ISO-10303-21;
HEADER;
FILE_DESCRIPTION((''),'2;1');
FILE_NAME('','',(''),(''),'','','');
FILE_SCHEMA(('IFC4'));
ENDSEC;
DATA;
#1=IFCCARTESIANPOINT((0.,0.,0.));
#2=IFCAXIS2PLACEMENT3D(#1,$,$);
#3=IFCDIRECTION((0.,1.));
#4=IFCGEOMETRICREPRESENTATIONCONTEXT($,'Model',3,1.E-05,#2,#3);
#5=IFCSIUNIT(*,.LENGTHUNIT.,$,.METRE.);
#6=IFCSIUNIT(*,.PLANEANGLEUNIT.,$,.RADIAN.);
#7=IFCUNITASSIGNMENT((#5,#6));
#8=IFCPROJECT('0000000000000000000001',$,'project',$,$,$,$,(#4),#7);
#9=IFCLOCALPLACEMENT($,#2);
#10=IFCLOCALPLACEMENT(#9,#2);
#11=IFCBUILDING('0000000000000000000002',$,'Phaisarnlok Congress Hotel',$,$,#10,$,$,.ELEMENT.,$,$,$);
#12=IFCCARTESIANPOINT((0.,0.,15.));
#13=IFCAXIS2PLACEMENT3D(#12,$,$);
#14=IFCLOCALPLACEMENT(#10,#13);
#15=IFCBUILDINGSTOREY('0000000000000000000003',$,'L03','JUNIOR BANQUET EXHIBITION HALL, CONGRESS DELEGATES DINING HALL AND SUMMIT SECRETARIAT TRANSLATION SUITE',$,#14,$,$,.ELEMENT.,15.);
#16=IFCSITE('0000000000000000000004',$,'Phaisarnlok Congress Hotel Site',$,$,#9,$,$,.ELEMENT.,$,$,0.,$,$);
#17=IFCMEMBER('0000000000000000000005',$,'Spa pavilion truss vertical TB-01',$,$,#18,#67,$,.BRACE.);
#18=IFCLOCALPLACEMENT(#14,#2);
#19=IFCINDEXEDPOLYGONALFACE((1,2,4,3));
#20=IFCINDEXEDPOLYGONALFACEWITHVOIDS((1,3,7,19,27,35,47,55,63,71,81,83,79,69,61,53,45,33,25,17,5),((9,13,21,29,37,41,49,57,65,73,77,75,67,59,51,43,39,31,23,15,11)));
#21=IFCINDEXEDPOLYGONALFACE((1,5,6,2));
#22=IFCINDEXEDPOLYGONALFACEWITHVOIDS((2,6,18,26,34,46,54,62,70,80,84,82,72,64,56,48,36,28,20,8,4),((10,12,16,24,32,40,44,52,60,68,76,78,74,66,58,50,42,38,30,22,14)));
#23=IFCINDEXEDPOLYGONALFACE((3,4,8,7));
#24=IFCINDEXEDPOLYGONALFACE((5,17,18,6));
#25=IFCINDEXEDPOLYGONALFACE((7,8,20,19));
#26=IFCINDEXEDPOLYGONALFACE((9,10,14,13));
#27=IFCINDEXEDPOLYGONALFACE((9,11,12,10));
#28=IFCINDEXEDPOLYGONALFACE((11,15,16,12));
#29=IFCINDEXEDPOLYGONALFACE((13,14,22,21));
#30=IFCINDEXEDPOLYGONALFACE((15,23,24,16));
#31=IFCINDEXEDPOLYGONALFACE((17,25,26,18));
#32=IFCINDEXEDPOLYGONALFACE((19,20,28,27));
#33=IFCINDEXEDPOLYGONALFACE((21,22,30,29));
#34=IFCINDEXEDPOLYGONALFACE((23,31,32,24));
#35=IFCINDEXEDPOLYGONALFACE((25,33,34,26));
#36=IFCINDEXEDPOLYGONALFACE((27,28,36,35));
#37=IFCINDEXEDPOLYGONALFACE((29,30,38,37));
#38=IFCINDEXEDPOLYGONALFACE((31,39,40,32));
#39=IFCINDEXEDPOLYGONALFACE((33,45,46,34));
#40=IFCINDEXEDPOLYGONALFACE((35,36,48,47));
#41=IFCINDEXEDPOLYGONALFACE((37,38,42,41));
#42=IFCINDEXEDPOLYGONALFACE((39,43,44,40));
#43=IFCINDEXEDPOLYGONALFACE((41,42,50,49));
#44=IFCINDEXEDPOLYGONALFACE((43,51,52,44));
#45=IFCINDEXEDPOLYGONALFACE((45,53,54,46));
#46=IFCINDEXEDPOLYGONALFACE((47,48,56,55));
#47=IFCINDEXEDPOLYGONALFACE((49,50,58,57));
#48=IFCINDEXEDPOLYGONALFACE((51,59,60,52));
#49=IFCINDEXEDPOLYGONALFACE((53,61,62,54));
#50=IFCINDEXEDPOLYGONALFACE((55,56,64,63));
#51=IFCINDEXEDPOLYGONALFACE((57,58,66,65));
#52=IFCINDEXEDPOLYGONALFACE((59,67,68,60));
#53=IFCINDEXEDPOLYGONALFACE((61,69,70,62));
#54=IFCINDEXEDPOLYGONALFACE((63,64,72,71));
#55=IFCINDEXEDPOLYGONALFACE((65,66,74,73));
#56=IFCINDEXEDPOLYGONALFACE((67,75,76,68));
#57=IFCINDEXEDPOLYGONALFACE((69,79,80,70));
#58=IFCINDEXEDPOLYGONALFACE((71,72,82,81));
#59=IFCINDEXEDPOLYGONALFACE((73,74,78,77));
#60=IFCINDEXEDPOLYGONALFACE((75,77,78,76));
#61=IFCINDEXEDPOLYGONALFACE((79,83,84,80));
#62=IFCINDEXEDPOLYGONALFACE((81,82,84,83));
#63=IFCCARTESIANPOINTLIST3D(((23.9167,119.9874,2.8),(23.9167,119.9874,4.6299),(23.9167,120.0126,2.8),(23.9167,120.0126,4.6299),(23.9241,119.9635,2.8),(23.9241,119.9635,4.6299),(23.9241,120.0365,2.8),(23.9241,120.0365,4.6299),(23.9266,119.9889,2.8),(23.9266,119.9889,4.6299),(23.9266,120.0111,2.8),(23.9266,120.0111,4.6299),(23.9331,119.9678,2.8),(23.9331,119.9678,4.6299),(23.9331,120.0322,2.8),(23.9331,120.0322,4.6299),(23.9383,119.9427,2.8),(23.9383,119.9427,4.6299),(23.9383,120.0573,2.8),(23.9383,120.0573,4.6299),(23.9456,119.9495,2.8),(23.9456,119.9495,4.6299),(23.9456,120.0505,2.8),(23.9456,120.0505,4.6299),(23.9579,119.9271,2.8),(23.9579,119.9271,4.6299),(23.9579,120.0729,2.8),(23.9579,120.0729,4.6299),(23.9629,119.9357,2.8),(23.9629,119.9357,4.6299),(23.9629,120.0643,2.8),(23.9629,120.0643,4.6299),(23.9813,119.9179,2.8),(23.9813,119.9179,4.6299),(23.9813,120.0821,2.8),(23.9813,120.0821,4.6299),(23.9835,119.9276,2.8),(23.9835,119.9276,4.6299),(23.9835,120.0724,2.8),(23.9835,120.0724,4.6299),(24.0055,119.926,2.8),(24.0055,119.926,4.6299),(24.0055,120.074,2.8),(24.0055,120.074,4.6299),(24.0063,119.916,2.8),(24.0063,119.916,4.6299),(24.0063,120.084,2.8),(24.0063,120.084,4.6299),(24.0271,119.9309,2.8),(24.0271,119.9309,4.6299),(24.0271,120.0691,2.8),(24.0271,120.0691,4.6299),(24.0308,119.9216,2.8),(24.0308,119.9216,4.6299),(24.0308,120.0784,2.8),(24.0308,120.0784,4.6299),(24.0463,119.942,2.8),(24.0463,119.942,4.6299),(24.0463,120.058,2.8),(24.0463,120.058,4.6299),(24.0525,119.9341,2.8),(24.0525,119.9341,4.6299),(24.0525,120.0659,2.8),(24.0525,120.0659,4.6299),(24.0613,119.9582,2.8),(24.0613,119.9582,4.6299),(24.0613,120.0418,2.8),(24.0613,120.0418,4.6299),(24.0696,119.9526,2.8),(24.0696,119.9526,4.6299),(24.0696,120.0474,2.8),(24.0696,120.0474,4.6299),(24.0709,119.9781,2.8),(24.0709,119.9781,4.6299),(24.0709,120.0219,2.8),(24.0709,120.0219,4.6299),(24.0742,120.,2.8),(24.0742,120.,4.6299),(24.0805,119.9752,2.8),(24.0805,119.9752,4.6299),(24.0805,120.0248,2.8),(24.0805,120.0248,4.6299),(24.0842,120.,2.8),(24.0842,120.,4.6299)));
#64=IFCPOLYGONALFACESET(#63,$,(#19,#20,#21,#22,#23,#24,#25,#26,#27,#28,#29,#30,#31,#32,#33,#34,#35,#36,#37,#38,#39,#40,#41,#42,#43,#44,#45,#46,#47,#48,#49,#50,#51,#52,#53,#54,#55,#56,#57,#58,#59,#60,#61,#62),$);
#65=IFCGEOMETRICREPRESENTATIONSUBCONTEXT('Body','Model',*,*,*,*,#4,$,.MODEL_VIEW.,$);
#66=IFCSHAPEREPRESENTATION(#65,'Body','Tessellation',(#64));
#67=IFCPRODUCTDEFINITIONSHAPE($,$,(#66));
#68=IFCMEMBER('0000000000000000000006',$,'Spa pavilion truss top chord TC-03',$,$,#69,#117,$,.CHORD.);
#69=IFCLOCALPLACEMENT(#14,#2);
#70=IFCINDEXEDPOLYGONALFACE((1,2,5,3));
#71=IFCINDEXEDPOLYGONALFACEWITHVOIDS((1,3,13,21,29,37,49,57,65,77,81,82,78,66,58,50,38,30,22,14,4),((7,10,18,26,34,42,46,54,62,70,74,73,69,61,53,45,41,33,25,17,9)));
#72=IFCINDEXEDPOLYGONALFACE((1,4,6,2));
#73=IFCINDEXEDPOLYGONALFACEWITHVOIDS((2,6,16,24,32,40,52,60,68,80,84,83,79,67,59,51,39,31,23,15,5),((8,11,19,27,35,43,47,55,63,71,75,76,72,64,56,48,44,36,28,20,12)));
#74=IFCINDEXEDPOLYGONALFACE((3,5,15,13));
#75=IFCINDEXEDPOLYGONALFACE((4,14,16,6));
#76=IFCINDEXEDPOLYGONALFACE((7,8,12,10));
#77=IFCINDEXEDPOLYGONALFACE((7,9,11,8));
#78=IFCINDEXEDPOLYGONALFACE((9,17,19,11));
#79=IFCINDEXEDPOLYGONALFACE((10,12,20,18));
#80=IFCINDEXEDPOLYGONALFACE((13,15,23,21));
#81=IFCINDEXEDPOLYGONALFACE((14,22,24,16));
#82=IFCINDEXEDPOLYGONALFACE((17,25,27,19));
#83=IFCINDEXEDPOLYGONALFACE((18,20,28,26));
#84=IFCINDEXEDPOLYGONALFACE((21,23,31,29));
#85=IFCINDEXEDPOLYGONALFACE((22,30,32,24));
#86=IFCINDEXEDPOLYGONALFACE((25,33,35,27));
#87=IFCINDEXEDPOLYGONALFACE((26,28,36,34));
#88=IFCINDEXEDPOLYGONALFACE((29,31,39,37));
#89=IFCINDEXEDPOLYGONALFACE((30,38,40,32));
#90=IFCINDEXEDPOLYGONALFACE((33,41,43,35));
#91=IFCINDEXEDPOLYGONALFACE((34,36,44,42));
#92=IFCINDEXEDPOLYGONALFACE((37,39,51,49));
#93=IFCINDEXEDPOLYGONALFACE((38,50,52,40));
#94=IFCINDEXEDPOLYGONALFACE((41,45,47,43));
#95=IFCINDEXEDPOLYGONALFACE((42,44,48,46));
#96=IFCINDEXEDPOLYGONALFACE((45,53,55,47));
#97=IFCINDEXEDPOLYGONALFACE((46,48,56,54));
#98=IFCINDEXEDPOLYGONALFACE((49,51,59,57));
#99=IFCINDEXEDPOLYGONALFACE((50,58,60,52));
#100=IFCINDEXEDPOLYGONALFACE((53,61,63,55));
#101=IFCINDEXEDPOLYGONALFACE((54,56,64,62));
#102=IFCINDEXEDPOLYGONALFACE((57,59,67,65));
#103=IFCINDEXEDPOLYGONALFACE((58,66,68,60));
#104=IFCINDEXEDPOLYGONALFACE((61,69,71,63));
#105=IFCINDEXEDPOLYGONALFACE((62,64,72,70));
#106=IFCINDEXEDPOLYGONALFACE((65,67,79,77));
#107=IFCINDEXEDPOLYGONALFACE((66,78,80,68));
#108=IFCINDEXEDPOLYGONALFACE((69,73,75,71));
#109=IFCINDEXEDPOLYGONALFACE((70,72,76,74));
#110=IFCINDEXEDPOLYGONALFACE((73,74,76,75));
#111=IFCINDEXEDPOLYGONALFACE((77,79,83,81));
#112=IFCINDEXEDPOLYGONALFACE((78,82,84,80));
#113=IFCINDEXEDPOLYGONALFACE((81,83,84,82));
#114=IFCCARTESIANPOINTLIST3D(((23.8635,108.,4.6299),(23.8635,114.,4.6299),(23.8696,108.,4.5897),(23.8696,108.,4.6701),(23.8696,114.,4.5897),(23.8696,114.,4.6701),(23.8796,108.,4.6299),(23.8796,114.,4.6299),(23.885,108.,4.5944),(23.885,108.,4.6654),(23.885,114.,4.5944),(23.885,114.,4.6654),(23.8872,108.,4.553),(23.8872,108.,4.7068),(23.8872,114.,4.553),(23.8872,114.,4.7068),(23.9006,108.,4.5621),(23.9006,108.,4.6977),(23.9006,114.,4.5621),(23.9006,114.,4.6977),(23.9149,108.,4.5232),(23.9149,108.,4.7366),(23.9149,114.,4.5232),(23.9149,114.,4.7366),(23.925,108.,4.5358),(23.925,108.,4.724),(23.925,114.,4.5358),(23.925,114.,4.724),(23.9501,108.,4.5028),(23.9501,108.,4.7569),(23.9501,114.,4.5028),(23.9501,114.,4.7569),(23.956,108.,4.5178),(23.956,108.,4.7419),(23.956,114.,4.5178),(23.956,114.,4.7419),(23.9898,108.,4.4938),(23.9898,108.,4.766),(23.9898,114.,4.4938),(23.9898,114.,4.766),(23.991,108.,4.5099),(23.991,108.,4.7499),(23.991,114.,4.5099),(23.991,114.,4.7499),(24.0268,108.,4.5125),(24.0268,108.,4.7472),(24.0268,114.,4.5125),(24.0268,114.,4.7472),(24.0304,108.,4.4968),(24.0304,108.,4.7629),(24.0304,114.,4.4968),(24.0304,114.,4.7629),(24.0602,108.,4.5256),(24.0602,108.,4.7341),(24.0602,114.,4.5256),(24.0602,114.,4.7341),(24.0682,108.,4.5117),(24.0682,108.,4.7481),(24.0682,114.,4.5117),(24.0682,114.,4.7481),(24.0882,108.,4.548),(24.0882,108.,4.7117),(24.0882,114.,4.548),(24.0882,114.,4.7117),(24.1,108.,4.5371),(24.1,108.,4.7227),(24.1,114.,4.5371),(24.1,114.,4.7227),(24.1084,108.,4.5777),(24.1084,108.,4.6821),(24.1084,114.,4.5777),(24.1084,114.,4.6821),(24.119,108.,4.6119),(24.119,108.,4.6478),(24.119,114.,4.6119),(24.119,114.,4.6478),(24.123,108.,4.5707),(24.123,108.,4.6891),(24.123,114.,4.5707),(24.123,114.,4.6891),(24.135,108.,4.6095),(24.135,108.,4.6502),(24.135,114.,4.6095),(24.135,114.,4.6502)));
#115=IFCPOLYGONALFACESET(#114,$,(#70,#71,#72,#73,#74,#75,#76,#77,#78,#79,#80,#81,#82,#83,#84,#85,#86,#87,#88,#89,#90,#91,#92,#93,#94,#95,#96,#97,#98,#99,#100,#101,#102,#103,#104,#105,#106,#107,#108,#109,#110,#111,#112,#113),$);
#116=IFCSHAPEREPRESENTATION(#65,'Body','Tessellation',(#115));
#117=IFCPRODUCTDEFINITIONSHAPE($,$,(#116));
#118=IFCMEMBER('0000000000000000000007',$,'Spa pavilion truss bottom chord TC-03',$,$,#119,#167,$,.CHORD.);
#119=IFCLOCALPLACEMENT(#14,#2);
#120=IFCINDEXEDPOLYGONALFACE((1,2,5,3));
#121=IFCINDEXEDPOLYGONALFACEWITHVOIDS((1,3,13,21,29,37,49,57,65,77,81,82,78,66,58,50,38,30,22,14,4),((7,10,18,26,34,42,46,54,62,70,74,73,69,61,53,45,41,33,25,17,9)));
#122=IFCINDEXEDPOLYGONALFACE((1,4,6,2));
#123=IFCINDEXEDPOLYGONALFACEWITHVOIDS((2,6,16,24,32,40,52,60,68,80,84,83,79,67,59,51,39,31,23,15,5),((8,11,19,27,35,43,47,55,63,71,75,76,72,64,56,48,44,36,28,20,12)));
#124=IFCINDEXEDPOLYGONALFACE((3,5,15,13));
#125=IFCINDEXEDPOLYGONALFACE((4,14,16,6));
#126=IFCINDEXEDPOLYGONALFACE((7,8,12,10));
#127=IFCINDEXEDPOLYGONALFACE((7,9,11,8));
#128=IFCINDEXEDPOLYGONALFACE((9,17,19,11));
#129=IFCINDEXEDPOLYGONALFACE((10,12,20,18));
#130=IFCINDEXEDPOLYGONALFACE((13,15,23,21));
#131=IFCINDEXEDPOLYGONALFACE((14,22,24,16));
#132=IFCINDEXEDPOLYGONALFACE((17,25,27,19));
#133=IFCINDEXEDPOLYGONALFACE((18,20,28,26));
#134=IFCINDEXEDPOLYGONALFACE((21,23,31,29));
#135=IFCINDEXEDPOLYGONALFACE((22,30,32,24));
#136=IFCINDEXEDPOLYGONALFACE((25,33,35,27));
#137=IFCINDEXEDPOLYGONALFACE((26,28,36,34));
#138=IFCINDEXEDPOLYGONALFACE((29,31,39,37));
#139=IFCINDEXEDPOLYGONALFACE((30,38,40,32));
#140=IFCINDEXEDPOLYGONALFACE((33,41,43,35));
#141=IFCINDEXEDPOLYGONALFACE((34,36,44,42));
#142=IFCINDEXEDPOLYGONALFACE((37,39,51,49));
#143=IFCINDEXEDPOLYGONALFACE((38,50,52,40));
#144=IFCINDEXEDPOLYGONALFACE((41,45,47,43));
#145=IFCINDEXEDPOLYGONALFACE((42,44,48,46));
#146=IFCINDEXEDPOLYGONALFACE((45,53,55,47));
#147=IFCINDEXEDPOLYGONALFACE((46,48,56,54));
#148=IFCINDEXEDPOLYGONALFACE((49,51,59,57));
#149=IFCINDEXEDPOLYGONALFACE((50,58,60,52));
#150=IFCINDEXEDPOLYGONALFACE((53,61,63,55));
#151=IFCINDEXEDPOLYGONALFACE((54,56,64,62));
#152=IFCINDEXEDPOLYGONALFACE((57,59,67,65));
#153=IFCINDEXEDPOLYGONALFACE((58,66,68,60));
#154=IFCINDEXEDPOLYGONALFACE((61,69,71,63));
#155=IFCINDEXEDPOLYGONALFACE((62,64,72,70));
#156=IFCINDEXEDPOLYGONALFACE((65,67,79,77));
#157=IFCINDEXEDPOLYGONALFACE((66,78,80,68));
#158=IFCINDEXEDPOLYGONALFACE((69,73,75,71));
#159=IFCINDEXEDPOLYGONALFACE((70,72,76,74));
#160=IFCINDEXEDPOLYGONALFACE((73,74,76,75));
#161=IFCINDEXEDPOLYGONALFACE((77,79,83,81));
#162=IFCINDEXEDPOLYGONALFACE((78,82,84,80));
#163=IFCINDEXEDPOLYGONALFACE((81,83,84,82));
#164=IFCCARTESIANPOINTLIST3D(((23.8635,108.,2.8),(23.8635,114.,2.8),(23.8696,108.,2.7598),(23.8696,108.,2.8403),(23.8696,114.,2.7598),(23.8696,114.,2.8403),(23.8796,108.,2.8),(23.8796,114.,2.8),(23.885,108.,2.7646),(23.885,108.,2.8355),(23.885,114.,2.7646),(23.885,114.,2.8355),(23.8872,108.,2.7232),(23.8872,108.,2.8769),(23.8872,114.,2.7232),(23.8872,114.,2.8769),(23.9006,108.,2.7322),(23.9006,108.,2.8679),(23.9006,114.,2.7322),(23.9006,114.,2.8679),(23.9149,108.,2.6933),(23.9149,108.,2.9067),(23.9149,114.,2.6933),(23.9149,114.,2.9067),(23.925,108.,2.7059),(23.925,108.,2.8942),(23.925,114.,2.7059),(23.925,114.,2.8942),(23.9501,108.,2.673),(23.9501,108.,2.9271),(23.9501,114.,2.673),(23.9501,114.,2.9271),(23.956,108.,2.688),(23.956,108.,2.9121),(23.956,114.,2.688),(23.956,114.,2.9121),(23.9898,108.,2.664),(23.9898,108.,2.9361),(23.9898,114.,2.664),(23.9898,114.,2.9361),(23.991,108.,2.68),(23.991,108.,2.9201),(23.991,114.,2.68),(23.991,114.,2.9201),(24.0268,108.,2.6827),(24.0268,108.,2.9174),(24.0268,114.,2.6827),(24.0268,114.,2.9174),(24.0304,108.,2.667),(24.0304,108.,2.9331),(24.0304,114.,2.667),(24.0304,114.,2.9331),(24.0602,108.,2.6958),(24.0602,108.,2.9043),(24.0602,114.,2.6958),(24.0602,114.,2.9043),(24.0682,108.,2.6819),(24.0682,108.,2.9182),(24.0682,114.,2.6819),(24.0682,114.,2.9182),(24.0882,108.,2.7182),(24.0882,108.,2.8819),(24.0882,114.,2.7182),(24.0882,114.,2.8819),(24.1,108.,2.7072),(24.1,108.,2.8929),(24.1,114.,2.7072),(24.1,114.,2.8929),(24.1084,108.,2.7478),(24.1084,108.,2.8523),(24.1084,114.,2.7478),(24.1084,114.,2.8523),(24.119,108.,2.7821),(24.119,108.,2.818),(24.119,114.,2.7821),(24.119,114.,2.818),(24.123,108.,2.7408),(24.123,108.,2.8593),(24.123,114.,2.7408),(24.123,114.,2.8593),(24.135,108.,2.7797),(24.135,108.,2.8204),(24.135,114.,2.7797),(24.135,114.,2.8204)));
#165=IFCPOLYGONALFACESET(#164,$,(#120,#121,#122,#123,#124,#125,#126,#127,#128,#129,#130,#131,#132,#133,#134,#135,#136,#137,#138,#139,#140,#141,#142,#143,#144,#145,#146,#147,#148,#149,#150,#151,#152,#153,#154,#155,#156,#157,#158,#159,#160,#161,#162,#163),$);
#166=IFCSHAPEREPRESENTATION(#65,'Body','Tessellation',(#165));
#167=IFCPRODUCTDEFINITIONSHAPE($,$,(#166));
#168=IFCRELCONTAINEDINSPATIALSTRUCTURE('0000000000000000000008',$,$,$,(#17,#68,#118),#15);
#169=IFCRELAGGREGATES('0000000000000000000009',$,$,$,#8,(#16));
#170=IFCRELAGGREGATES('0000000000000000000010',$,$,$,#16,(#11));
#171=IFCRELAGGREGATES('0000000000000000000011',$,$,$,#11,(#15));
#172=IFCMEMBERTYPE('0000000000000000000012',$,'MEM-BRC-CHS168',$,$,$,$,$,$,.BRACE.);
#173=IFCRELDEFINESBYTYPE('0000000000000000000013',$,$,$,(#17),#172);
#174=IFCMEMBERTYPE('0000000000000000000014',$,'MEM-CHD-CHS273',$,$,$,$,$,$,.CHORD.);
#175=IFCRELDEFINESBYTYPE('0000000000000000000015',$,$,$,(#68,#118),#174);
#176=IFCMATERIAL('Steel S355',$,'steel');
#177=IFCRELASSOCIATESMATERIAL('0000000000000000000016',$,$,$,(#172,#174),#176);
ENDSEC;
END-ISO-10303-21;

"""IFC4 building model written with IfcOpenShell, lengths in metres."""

from ifc_helpers import new_model, si_unit, direction, frame, origin, origin_2d, place, context, subcontext, project, spatial, hollow_circle, extrude, material, material_profile, profile_set, type_object, element, save


model = new_model("IFC4")

# Units and contexts
model_context = context("Model", 3, precision=1e-05, world=origin(), true_north=direction((0.0, 1.0)))
body_context = subcontext(model_context, "Body", "Model", "MODEL_VIEW")
ifc_project = project(units=[si_unit("LENGTHUNIT", "METRE"), si_unit("PLANEANGLEUNIT", "RADIAN")], contexts=[model_context])

# Site, building, storey
site_placement = place(None, origin())
site = spatial("IfcSite", under=ifc_project, at=site_placement, Name="Phaisarnlok Congress Hotel Site", CompositionType="ELEMENT", RefElevation=0.0)
building_placement = place(site_placement, origin())
building = spatial("IfcBuilding", under=site, at=building_placement, Name="Phaisarnlok Congress Hotel", CompositionType="ELEMENT")
storey_placement = place(building_placement, frame((0.0, 0.0, 15.0)))
storey = spatial("IfcBuildingStorey", under=building, at=storey_placement, Name="L03", Description="JUNIOR BANQUET EXHIBITION HALL, CONGRESS DELEGATES DINING HALL AND SUMMIT SECRETARIAT TRANSLATION SUITE", CompositionType="ELEMENT", Elevation=15.0)

# Members
ifc_material_1 = material(Name="Steel S355", Category="steel")
ifc_material_profile_1 = material_profile(ifc_material_1, hollow_circle(Radius=0.0842, WallThickness=0.01, at=origin_2d()), Name="CHS 168.3x10")
ifc_profile_set_1 = profile_set([ifc_material_profile_1], Name="Steel S355")
member_type_1 = type_object("IfcMemberType", Name="MEM-BRC-CHS168", PredefinedType="BRACE", material=ifc_profile_set_1)
member_1_placement = place(storey_placement, frame((24.0, 120.0, 2.8), z_axis=(0.0, 0.0, 1.0), x_axis=(1.0, 0.0, 0.0)))
element("IfcMember", 1, at=member_1_placement, inside=storey, type_object=member_type_1, Name="Spa pavilion truss vertical TB-01", PredefinedType="BRACE", context=body_context, shape_type="SweptSolid", body=[
    extrude(hollow_circle(Radius=0.0842, WallThickness=0.01, at=origin_2d()), origin(), (0.0, 0.0, 1.0), 1.8298),
])
ifc_material_profile_2 = material_profile(ifc_material_1, hollow_circle(Radius=0.1365, WallThickness=0.0161, at=origin_2d()), Name="CHS 273x16")
ifc_profile_set_2 = profile_set([ifc_material_profile_2], Name="Steel S355")
member_type_2 = type_object("IfcMemberType", Name="MEM-CHD-CHS273", PredefinedType="CHORD", material=ifc_profile_set_2)
for number, where, z_axis, x_axis, name in (
    (2, (24.0, 108.0, 4.6299), (0.0, 1.0, 0.0), (-1.0, 0.0, 0.0), "Spa pavilion truss top chord TC-03"),
    (3, (24.0, 108.0, 2.8), (0.0, 1.0, 0.0), (-1.0, 0.0, 0.0), "Spa pavilion truss bottom chord TC-03"),
):
    element("IfcMember", number, at=place(storey_placement, frame(where, z_axis=z_axis, x_axis=x_axis)), inside=storey, type_object=member_type_2, Name=name, PredefinedType="CHORD", context=body_context, shape_type="SweptSolid", body=[
        extrude(hollow_circle(Radius=0.1365, WallThickness=0.0161, at=origin_2d()), origin(), (0.0, 0.0, 1.0), 6.0),
    ])

save(model, "model.ifc")
